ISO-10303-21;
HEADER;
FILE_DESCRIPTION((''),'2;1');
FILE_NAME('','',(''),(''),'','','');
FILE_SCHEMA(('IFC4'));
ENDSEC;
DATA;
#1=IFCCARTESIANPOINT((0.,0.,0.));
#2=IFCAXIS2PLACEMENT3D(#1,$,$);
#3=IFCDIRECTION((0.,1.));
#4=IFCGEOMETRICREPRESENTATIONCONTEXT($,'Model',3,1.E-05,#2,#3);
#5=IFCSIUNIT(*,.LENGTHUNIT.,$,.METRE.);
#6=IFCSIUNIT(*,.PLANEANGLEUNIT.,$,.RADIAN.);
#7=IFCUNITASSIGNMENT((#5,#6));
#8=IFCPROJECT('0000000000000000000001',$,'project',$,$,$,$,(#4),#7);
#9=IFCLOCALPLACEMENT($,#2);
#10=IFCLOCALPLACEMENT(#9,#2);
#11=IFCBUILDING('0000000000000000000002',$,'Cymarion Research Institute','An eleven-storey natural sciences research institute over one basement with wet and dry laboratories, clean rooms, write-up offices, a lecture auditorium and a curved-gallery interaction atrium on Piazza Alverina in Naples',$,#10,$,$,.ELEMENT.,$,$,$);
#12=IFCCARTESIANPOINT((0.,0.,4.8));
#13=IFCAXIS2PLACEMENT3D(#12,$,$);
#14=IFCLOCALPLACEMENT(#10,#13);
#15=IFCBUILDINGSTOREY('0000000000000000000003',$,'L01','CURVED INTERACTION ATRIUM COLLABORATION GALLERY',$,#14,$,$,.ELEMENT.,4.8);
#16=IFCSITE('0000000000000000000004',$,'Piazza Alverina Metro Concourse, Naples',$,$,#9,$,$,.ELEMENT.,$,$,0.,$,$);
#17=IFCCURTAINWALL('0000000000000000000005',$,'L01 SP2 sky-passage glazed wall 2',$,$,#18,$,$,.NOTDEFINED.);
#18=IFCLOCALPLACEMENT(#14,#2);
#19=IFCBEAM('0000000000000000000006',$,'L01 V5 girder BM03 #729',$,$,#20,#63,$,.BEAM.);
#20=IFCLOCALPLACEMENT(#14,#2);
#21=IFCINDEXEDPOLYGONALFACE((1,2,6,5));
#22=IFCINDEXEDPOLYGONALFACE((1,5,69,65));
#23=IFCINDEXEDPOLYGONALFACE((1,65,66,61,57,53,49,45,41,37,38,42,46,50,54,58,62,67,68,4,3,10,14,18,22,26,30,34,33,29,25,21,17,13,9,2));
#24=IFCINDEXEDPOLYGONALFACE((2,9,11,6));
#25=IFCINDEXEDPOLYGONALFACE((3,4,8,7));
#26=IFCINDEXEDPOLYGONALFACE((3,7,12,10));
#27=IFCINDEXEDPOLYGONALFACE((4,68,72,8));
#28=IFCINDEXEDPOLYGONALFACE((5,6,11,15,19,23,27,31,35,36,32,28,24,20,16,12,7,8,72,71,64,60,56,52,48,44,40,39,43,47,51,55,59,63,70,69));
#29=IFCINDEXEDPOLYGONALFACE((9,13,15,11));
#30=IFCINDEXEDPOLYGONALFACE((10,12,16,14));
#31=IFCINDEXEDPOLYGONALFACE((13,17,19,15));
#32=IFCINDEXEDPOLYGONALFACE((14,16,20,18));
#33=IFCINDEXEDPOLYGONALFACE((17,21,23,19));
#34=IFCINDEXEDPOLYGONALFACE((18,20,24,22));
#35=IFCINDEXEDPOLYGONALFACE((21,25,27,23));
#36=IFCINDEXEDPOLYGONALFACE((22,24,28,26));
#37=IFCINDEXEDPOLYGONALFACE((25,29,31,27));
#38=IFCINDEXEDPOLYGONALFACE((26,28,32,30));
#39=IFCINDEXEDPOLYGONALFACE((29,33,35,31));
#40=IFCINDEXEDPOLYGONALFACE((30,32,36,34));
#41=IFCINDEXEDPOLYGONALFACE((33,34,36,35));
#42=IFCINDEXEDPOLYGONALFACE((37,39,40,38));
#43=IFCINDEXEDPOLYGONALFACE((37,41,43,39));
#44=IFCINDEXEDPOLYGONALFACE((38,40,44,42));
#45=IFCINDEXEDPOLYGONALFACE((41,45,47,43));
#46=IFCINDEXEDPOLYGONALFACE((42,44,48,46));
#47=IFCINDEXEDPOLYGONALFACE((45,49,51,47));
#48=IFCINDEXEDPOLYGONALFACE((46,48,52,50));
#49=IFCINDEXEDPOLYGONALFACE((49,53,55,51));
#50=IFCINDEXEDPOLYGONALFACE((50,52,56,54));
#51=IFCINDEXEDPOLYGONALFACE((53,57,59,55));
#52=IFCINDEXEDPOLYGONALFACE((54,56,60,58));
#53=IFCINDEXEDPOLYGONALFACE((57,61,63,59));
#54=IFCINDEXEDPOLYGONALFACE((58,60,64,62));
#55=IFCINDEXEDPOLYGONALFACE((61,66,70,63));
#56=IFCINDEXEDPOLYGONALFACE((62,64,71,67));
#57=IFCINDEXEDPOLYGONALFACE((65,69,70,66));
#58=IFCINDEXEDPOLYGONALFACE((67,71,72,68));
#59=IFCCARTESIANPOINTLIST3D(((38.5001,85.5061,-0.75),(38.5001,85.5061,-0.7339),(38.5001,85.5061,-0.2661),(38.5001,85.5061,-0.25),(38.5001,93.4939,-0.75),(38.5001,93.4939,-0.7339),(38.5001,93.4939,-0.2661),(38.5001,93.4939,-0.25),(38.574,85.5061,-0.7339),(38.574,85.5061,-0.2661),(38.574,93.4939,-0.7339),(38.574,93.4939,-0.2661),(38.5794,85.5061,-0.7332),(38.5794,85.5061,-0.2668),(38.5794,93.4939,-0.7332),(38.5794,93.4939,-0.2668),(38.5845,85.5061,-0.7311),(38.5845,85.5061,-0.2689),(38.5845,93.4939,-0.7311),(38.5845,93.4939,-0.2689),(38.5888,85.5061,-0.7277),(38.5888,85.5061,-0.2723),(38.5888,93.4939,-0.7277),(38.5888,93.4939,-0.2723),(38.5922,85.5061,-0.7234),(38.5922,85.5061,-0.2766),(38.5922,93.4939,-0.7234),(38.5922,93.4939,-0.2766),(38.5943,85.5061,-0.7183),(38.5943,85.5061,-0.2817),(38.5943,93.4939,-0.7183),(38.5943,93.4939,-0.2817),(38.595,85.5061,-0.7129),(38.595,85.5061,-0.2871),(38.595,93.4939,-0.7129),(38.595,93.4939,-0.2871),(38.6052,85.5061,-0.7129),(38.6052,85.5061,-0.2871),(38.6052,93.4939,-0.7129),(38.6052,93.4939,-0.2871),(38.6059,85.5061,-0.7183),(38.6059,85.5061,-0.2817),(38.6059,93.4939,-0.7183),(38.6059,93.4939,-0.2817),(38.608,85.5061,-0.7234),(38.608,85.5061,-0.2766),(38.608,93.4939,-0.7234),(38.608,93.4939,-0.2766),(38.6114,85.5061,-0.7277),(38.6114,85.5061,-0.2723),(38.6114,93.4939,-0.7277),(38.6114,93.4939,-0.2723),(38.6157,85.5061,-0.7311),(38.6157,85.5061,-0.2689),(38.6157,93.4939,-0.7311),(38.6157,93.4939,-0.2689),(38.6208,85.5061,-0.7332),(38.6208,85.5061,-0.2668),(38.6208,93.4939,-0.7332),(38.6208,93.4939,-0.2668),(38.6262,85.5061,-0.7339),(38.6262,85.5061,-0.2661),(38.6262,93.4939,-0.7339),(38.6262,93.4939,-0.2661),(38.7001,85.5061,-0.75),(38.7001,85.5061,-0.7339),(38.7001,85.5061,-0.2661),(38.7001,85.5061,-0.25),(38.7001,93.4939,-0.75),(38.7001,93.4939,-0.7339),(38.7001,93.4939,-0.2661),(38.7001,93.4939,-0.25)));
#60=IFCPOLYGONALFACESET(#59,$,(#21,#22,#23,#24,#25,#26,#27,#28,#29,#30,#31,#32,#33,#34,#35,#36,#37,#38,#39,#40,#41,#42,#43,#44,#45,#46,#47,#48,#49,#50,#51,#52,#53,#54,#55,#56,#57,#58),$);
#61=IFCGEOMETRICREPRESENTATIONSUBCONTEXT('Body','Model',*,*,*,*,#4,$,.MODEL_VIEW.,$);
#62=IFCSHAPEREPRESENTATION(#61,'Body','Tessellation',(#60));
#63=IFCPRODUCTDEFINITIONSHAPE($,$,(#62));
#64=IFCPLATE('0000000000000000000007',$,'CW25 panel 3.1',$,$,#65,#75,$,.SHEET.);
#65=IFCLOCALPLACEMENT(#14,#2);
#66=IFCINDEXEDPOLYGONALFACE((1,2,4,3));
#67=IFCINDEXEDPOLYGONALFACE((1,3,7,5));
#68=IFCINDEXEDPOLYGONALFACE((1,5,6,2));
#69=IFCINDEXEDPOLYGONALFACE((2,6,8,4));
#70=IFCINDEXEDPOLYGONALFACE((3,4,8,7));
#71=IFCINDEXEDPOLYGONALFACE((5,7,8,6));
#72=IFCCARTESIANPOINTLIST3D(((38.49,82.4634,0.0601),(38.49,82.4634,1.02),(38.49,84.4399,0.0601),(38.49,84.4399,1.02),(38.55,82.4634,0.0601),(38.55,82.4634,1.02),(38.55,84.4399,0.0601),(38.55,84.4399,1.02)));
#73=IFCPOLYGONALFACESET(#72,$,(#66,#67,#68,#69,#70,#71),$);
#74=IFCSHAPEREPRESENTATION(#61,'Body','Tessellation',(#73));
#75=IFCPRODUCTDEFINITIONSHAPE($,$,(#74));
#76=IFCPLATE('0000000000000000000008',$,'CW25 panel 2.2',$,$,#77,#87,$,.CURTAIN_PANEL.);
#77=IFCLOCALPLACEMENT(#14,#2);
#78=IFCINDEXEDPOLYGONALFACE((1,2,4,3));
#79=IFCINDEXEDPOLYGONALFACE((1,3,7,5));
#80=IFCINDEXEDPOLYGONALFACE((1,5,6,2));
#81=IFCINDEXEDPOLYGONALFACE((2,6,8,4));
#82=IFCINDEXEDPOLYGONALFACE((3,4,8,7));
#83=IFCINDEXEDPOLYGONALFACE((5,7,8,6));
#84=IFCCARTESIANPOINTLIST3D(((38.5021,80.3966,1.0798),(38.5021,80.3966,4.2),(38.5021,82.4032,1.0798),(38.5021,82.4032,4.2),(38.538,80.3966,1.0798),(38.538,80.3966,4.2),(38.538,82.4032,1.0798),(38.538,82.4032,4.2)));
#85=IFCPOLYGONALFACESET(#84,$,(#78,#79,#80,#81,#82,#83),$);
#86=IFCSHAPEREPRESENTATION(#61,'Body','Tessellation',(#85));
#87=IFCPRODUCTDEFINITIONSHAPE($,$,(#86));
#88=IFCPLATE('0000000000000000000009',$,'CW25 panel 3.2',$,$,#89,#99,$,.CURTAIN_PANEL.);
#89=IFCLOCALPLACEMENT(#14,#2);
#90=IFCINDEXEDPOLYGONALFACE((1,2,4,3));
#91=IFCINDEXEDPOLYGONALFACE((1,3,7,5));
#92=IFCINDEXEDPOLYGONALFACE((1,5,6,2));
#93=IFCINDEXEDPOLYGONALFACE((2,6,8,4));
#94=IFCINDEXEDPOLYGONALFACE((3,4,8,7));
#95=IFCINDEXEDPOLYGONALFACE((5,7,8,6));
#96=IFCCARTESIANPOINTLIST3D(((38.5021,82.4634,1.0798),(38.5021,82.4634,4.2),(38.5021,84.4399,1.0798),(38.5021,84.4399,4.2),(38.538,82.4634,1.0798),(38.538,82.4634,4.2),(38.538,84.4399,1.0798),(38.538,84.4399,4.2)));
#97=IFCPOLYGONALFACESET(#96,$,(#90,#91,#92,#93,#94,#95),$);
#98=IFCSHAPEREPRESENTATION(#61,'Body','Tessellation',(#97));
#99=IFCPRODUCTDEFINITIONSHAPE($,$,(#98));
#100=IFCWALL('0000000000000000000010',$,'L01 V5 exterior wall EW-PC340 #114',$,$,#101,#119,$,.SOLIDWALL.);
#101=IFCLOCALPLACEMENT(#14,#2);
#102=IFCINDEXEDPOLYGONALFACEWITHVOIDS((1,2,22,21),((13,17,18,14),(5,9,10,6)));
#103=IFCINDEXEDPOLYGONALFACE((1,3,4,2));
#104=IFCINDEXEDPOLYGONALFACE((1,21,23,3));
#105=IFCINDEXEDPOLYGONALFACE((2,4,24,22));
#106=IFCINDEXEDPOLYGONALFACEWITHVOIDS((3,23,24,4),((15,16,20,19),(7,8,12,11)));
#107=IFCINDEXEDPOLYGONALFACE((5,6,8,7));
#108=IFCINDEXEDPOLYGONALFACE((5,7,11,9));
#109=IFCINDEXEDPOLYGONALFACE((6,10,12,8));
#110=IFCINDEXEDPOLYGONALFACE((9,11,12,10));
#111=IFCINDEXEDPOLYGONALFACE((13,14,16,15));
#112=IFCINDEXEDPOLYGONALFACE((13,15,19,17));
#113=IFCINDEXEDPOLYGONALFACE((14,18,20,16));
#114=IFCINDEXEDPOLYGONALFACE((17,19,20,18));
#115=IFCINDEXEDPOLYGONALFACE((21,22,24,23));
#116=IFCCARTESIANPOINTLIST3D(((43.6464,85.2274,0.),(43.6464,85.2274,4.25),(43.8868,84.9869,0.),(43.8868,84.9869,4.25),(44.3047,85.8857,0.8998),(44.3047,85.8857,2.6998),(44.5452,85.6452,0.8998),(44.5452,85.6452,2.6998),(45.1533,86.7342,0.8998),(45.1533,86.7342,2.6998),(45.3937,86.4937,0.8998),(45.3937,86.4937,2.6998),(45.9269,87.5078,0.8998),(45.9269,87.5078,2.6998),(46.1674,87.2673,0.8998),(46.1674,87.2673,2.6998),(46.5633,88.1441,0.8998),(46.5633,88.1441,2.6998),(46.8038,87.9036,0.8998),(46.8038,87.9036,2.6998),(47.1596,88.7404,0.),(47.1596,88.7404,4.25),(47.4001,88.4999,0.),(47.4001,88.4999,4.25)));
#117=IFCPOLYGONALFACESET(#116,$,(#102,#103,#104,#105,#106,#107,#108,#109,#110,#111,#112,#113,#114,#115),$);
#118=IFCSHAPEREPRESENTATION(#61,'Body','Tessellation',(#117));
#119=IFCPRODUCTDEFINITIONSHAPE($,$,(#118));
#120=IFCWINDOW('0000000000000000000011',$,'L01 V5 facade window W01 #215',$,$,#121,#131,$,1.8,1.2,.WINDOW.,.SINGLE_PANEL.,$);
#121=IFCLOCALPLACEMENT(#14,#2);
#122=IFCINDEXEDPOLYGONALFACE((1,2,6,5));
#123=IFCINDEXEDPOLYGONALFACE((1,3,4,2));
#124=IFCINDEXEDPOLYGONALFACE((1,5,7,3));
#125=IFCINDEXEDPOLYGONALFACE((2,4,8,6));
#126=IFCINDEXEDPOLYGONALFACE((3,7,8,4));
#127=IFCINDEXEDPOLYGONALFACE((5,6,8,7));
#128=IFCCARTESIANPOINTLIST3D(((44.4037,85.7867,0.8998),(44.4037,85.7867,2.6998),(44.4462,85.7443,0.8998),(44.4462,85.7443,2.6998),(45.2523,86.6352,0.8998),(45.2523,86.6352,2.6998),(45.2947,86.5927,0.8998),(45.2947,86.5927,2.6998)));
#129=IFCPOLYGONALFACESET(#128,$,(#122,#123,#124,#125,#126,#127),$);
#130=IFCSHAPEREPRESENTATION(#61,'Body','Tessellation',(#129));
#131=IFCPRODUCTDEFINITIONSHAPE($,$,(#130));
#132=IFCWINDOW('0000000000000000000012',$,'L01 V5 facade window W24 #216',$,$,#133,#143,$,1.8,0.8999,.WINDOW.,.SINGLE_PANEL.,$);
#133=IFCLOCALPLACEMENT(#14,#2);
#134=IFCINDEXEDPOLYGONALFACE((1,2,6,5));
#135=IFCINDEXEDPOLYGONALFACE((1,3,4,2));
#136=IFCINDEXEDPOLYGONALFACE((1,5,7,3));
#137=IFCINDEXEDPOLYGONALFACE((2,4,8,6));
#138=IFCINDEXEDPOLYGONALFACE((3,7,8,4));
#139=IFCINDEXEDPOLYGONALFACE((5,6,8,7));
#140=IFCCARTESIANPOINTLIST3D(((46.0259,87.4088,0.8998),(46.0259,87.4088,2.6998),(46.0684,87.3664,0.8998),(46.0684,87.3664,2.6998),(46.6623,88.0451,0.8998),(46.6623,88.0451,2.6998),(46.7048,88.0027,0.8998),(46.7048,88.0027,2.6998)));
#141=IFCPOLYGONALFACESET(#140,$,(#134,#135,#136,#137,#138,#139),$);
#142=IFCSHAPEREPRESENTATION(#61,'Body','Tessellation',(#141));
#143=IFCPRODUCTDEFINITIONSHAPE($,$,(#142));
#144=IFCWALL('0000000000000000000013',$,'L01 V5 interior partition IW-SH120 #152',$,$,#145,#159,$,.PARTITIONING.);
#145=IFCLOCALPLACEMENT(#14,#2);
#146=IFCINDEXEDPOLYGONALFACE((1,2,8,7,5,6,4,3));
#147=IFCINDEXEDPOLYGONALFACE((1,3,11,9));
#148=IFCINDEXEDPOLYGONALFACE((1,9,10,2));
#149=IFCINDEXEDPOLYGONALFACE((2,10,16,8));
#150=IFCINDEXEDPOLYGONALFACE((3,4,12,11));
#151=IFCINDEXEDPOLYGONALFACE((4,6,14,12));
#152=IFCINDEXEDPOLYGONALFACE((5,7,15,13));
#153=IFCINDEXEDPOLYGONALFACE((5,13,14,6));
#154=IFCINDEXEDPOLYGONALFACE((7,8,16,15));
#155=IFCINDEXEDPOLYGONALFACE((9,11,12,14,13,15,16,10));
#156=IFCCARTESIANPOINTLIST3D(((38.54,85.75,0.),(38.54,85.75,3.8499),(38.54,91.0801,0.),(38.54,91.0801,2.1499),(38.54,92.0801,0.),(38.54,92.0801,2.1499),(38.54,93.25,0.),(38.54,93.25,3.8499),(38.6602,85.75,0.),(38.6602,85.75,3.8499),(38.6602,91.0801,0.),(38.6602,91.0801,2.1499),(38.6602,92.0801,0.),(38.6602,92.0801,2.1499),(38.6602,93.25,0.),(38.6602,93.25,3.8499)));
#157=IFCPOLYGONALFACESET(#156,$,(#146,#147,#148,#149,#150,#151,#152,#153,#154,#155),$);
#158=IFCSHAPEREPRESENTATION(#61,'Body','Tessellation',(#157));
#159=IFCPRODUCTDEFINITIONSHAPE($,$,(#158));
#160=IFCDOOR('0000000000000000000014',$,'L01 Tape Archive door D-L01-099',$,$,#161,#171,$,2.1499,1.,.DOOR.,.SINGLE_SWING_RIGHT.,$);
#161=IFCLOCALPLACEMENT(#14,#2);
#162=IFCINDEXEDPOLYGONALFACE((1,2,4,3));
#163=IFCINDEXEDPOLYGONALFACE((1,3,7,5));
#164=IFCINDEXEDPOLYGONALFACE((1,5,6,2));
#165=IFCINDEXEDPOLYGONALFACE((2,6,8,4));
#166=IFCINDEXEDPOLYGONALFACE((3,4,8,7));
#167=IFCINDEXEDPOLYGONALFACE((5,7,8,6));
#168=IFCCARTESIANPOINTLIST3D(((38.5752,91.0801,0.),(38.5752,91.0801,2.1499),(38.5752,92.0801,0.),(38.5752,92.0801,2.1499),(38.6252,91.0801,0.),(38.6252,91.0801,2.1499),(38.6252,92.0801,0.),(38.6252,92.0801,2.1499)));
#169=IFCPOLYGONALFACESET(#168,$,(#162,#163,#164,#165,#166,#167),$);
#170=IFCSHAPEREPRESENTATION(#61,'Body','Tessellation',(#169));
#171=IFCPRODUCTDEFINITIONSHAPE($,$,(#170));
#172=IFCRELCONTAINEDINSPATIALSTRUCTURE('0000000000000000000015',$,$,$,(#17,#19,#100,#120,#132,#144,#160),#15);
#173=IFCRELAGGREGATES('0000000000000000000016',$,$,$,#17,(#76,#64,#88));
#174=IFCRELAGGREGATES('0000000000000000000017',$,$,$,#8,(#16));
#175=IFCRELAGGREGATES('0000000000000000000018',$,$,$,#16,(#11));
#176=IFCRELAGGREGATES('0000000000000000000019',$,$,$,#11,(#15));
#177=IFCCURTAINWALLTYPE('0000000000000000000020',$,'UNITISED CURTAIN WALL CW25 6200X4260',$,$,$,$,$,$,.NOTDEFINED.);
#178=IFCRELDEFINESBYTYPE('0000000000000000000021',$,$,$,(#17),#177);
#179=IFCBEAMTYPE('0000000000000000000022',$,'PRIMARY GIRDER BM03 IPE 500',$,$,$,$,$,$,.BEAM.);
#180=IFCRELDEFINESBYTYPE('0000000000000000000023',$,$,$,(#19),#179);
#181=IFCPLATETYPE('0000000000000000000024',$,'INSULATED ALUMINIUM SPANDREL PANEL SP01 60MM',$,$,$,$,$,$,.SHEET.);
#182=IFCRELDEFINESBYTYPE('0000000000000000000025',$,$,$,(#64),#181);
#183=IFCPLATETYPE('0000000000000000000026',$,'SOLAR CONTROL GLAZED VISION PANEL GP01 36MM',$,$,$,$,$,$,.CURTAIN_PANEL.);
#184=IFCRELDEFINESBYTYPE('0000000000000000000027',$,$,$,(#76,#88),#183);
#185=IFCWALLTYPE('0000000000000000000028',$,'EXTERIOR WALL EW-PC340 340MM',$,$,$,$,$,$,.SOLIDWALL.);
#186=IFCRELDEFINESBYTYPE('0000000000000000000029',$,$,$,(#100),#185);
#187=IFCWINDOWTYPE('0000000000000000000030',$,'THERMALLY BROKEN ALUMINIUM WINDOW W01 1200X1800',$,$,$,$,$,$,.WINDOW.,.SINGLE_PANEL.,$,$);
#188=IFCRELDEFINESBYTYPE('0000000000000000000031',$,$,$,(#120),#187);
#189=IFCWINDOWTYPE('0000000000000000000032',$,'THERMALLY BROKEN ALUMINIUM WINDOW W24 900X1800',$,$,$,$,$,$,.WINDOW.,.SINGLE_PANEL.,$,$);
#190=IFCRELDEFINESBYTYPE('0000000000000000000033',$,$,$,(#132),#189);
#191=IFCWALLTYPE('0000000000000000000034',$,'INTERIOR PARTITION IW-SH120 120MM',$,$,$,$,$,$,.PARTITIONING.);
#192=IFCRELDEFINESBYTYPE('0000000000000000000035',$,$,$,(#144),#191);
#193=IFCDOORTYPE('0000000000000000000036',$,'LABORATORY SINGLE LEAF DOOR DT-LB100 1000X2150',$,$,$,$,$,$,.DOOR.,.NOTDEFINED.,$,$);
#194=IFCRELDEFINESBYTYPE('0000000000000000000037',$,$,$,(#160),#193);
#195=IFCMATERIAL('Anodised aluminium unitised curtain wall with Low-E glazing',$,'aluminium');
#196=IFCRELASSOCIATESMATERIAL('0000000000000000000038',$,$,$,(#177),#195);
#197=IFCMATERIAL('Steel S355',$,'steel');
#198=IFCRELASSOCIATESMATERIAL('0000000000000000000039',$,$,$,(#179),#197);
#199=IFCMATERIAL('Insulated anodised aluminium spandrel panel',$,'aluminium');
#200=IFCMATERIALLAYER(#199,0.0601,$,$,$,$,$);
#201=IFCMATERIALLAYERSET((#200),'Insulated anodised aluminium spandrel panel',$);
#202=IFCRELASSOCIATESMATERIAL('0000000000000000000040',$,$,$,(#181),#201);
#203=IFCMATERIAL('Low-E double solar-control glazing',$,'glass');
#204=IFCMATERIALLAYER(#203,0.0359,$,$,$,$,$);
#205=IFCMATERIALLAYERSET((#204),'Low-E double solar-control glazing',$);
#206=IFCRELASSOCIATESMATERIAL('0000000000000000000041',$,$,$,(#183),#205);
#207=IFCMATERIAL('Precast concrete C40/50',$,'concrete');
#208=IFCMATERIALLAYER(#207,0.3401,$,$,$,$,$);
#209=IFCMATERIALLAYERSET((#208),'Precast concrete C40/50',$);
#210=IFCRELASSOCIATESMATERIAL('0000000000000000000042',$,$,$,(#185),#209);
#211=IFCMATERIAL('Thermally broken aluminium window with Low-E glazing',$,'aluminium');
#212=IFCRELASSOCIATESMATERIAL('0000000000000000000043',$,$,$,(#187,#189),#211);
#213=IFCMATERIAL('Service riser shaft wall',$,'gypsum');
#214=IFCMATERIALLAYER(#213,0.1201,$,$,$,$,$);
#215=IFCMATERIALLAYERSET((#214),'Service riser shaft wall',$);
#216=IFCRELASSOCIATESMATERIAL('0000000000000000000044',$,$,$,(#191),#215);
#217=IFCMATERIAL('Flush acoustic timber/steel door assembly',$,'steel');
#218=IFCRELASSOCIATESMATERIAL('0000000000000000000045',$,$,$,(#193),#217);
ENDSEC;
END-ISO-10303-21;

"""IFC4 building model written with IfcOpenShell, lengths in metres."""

from ifc_helpers import new_model, si_unit, direction, frame, frame_2d, origin, origin_2d, place, context, subcontext, project, spatial, rectangle, i_section, extrude, material, layer, layer_set, material_profile, profile_set, type_object, element, fill, aggregate, save


model = new_model("IFC4")

# Units and contexts
model_context = context("Model", 3, precision=1e-05, world=origin(), true_north=direction((0.0, 1.0)))
body_context = subcontext(model_context, "Body", "Model", "MODEL_VIEW")
ifc_project = project(units=[si_unit("LENGTHUNIT", "METRE"), si_unit("PLANEANGLEUNIT", "RADIAN")], contexts=[model_context])

# Site, building, storey
site_placement = place(None, origin())
site = spatial("IfcSite", under=ifc_project, at=site_placement, Name="Piazza Alverina Metro Concourse, Naples", CompositionType="ELEMENT", RefElevation=0.0)
building_placement = place(site_placement, origin())
building = spatial("IfcBuilding", under=site, at=building_placement, Name="Cymarion Research Institute", Description="An eleven-storey natural sciences research institute over one basement with wet and dry laboratories, clean rooms, write-up offices, a lecture auditorium and a curved-gallery interaction atrium on Piazza Alverina in Naples", CompositionType="ELEMENT")
storey_placement = place(building_placement, frame((0.0, 0.0, 4.8)))
storey = spatial("IfcBuildingStorey", under=building, at=storey_placement, Name="L01", Description="CURVED INTERACTION ATRIUM COLLABORATION GALLERY", CompositionType="ELEMENT", Elevation=4.8)

# Shared definitions
ifc_material_1 = material(Name="Steel S355", Category="steel")

# Curtain wall
ifc_material_2 = material(Name="Anodised aluminium unitised curtain wall with Low-E glazing", Category="aluminium")
curtain_wall_type = type_object("IfcCurtainWallType", Name="UNITISED CURTAIN WALL CW25 6200X4260", PredefinedType="NOTDEFINED", material=ifc_material_2)
curtain_wall_placement = place(storey_placement, origin())
curtain_wall = element("IfcCurtainWall", 1, at=curtain_wall_placement, inside=storey, type_object=curtain_wall_type, Name="L01 SP2 sky-passage glazed wall 2", PredefinedType="NOTDEFINED")

# Beam
ifc_material_profile_1 = material_profile(ifc_material_1, i_section(OverallWidth=0.2, OverallDepth=0.5, WebThickness=0.0103, FlangeThickness=0.0161, FilletRadius=0.021, at=origin_2d()), Name="IPE 500")
ifc_profile_set_1 = profile_set([ifc_material_profile_1], Name="Steel S355")
beam_type = type_object("IfcBeamType", Name="PRIMARY GIRDER BM03 IPE 500", PredefinedType="BEAM", material=ifc_profile_set_1)
beam_placement = place(storey_placement, frame((38.6001, 85.5061, -0.5), z_axis=(0.0, 1.0, 0.0), x_axis=(-1.0, 0.0, 0.0)))
element("IfcBeam", 2, at=beam_placement, inside=storey, type_object=beam_type, Name="L01 V5 girder BM03 #729", PredefinedType="BEAM", context=body_context, shape_type="SweptSolid", body=[
    extrude(i_section(OverallWidth=0.2, OverallDepth=0.5, WebThickness=0.0103, FlangeThickness=0.0161, FilletRadius=0.021, at=origin_2d()), origin(), (0.0, 0.0, 1.0), 7.9878),
])

# Plates
ifc_material_3 = material(Name="Insulated anodised aluminium spandrel panel", Category="aluminium")
ifc_layer_1 = layer(ifc_material_3, 0.0601)
ifc_layer_set_1 = layer_set([ifc_layer_1], Name="Insulated anodised aluminium spandrel panel")
plate_type_1 = type_object("IfcPlateType", Name="INSULATED ALUMINIUM SPANDREL PANEL SP01 60MM", PredefinedType="SHEET", material=ifc_layer_set_1)
plate_1_placement = place(storey_placement, frame((38.52, 83.4517, 0.0601), z_axis=(0.0, 0.0, 1.0), x_axis=(0.0, 1.0, 0.0)))
plate_1 = element("IfcPlate", 3, at=plate_1_placement, type_object=plate_type_1, Name="CW25 panel 3.1", PredefinedType="SHEET", context=body_context, shape_type="SweptSolid", body=[
    extrude(rectangle(XDim=1.9766, YDim=0.0601, at=origin_2d()), origin(), (0.0, 0.0, 1.0), 0.96),
])
ifc_material_4 = material(Name="Low-E double solar-control glazing", Category="glass")
ifc_layer_2 = layer(ifc_material_4, 0.0359)
ifc_layer_set_2 = layer_set([ifc_layer_2], Name="Low-E double solar-control glazing")
plate_type_2 = type_object("IfcPlateType", Name="SOLAR CONTROL GLAZED VISION PANEL GP01 36MM", PredefinedType="CURTAIN_PANEL", material=ifc_layer_set_2)
plate_2_placement = place(storey_placement, frame((38.52, 81.3999, 1.0798), z_axis=(0.0, 0.0, 1.0), x_axis=(0.0, 1.0, 0.0)))
plate_2 = element("IfcPlate", 4, at=plate_2_placement, type_object=plate_type_2, Name="CW25 panel 2.2", PredefinedType="CURTAIN_PANEL", context=body_context, shape_type="SweptSolid", body=[
    extrude(rectangle(XDim=2.0066, YDim=0.0359, at=origin_2d()), origin(), (0.0, 0.0, 1.0), 3.1201),
])
plate_3_placement = place(storey_placement, frame((38.52, 83.4517, 1.0798), z_axis=(0.0, 0.0, 1.0), x_axis=(0.0, 1.0, 0.0)))
plate_3 = element("IfcPlate", 5, at=plate_3_placement, type_object=plate_type_2, Name="CW25 panel 3.2", PredefinedType="CURTAIN_PANEL", context=body_context, shape_type="SweptSolid", body=[
    extrude(rectangle(XDim=1.9766, YDim=0.0359, at=origin_2d()), origin(), (0.0, 0.0, 1.0), 3.1201),
])
aggregate(curtain_wall, [plate_2, plate_1, plate_3])

# Wall, openings, windows
ifc_material_5 = material(Name="Precast concrete C40/50", Category="concrete")
ifc_layer_3 = layer(ifc_material_5, 0.3401)
ifc_layer_set_3 = layer_set([ifc_layer_3], Name="Precast concrete C40/50")
wall_type_1 = type_object("IfcWallType", Name="EXTERIOR WALL EW-PC340 340MM", PredefinedType="SOLIDWALL", material=ifc_layer_set_3)
wall_1_placement = place(storey_placement, frame((43.7666, 85.1072, 0.0), z_axis=(0.0, 0.0, 1.0), x_axis=(0.707131, 0.707082, 0.0)))
wall_1 = element("IfcWall", 6, at=wall_1_placement, inside=storey, type_object=wall_type_1, Name="L01 V5 exterior wall EW-PC340 #114", PredefinedType="SOLIDWALL", context=body_context, shape_type="SweptSolid", body=[
    extrude(rectangle(XDim=4.9683, YDim=0.3401, at=frame_2d((2.4841, 0.0))), origin(), (0.0, 0.0, 1.0), 4.25),
])
opening_1_placement = place(wall_1_placement, frame((0.9309, 0.0, 0.8999)))
opening_1 = element("IfcOpeningElement", 7, at=opening_1_placement, cuts=wall_1, PredefinedType="OPENING", context=body_context, shape_type="SweptSolid", body=[
    extrude(rectangle(XDim=1.2, YDim=1.8, at=frame_2d((0.6001, 0.8999))), frame((0.0, 0.1799, 0.0), z_axis=(0.0, -1.0, 0.0), x_axis=(1.0, 0.0, 0.0)), (0.0, 0.0, 1.0), 0.3601),
])
opening_2_placement = place(wall_1_placement, frame((3.2251, 0.0, 0.8999)))
opening_2 = element("IfcOpeningElement", 8, at=opening_2_placement, cuts=wall_1, PredefinedType="OPENING", context=body_context, shape_type="SweptSolid", body=[
    extrude(rectangle(XDim=0.8999, YDim=1.8, at=frame_2d((0.45, 0.8999))), frame((0.0, 0.1799, 0.0), z_axis=(0.0, -1.0, 0.0), x_axis=(1.0, 0.0, 0.0)), (0.0, 0.0, 1.0), 0.3601),
])
ifc_material_6 = material(Name="Thermally broken aluminium window with Low-E glazing", Category="aluminium")
window_type_1 = type_object("IfcWindowType", Name="THERMALLY BROKEN ALUMINIUM WINDOW W01 1200X1800", PartitioningType="SINGLE_PANEL", PredefinedType="WINDOW", material=ifc_material_6)
window_1_placement = place(opening_1_placement, origin())
window_1 = element("IfcWindow", 9, at=window_1_placement, inside=storey, type_object=window_type_1, Name="L01 V5 facade window W01 #215", OverallHeight=1.8, OverallWidth=1.2, PartitioningType="SINGLE_PANEL", PredefinedType="WINDOW", context=body_context, shape_type="SweptSolid", body=[
    extrude(rectangle(XDim=1.2, YDim=1.8, at=frame_2d((0.6001, 0.8999))), frame((0.0, 0.03, 0.0), z_axis=(0.0, -1.0, 0.0), x_axis=(1.0, 0.0, 0.0)), (0.0, 0.0, 1.0), 0.0601),
])
fill(opening_1, window_1)
window_type_2 = type_object("IfcWindowType", Name="THERMALLY BROKEN ALUMINIUM WINDOW W24 900X1800", PartitioningType="SINGLE_PANEL", PredefinedType="WINDOW", material=ifc_material_6)
window_2_placement = place(opening_2_placement, origin())
window_2 = element("IfcWindow", 10, at=window_2_placement, inside=storey, type_object=window_type_2, Name="L01 V5 facade window W24 #216", OverallHeight=1.8, OverallWidth=0.8999, PartitioningType="SINGLE_PANEL", PredefinedType="WINDOW", context=body_context, shape_type="SweptSolid", body=[
    extrude(rectangle(XDim=0.8999, YDim=1.8, at=frame_2d((0.45, 0.8999))), frame((0.0, 0.03, 0.0), z_axis=(0.0, -1.0, 0.0), x_axis=(1.0, 0.0, 0.0)), (0.0, 0.0, 1.0), 0.0601),
])
fill(opening_2, window_2)

# Wall, opening, door
ifc_material_7 = material(Name="Service riser shaft wall", Category="gypsum")
ifc_layer_4 = layer(ifc_material_7, 0.1201)
ifc_layer_set_4 = layer_set([ifc_layer_4], Name="Service riser shaft wall")
wall_type_2 = type_object("IfcWallType", Name="INTERIOR PARTITION IW-SH120 120MM", PredefinedType="PARTITIONING", material=ifc_layer_set_4)
wall_2_placement = place(storey_placement, frame((38.6001, 85.75, 0.0), z_axis=(0.0, 0.0, 1.0), x_axis=(0.0, 1.0, 0.0)))
wall_2 = element("IfcWall", 11, at=wall_2_placement, inside=storey, type_object=wall_type_2, Name="L01 V5 interior partition IW-SH120 #152", PredefinedType="PARTITIONING", context=body_context, shape_type="SweptSolid", body=[
    extrude(rectangle(XDim=7.5, YDim=0.1201, at=frame_2d((3.75, 0.0))), origin(), (0.0, 0.0, 1.0), 3.8499),
])
opening_3_placement = place(wall_2_placement, frame((5.3301, 0.0, 0.0)))
opening_3 = element("IfcOpeningElement", 12, at=opening_3_placement, cuts=wall_2, PredefinedType="OPENING", context=body_context, shape_type="SweptSolid", body=[
    extrude(rectangle(XDim=1.0, YDim=2.1499, at=frame_2d((0.5, 1.075))), frame((0.0, 0.0701, 0.0), z_axis=(0.0, -1.0, 0.0), x_axis=(1.0, 0.0, 0.0)), (0.0, 0.0, 1.0), 0.1401),
])
ifc_material_8 = material(Name="Flush acoustic timber/steel door assembly", Category="steel")
door_type = type_object("IfcDoorType", Name="LABORATORY SINGLE LEAF DOOR DT-LB100 1000X2150", OperationType="NOTDEFINED", PredefinedType="DOOR", material=ifc_material_8)
door_placement = place(opening_3_placement, origin())
door = element("IfcDoor", 13, at=door_placement, inside=storey, type_object=door_type, Name="L01 Tape Archive door D-L01-099", OperationType="SINGLE_SWING_RIGHT", OverallHeight=2.1499, OverallWidth=1.0, PredefinedType="DOOR", context=body_context, shape_type="SweptSolid", body=[
    extrude(rectangle(XDim=1.0, YDim=2.1499, at=frame_2d((0.5, 1.075))), frame((0.0, 0.0249, 0.0), z_axis=(0.0, -1.0, 0.0), x_axis=(1.0, 0.0, 0.0)), (0.0, 0.0, 1.0), 0.05),
])
fill(opening_3, door)

save(model, "model.ifc")
